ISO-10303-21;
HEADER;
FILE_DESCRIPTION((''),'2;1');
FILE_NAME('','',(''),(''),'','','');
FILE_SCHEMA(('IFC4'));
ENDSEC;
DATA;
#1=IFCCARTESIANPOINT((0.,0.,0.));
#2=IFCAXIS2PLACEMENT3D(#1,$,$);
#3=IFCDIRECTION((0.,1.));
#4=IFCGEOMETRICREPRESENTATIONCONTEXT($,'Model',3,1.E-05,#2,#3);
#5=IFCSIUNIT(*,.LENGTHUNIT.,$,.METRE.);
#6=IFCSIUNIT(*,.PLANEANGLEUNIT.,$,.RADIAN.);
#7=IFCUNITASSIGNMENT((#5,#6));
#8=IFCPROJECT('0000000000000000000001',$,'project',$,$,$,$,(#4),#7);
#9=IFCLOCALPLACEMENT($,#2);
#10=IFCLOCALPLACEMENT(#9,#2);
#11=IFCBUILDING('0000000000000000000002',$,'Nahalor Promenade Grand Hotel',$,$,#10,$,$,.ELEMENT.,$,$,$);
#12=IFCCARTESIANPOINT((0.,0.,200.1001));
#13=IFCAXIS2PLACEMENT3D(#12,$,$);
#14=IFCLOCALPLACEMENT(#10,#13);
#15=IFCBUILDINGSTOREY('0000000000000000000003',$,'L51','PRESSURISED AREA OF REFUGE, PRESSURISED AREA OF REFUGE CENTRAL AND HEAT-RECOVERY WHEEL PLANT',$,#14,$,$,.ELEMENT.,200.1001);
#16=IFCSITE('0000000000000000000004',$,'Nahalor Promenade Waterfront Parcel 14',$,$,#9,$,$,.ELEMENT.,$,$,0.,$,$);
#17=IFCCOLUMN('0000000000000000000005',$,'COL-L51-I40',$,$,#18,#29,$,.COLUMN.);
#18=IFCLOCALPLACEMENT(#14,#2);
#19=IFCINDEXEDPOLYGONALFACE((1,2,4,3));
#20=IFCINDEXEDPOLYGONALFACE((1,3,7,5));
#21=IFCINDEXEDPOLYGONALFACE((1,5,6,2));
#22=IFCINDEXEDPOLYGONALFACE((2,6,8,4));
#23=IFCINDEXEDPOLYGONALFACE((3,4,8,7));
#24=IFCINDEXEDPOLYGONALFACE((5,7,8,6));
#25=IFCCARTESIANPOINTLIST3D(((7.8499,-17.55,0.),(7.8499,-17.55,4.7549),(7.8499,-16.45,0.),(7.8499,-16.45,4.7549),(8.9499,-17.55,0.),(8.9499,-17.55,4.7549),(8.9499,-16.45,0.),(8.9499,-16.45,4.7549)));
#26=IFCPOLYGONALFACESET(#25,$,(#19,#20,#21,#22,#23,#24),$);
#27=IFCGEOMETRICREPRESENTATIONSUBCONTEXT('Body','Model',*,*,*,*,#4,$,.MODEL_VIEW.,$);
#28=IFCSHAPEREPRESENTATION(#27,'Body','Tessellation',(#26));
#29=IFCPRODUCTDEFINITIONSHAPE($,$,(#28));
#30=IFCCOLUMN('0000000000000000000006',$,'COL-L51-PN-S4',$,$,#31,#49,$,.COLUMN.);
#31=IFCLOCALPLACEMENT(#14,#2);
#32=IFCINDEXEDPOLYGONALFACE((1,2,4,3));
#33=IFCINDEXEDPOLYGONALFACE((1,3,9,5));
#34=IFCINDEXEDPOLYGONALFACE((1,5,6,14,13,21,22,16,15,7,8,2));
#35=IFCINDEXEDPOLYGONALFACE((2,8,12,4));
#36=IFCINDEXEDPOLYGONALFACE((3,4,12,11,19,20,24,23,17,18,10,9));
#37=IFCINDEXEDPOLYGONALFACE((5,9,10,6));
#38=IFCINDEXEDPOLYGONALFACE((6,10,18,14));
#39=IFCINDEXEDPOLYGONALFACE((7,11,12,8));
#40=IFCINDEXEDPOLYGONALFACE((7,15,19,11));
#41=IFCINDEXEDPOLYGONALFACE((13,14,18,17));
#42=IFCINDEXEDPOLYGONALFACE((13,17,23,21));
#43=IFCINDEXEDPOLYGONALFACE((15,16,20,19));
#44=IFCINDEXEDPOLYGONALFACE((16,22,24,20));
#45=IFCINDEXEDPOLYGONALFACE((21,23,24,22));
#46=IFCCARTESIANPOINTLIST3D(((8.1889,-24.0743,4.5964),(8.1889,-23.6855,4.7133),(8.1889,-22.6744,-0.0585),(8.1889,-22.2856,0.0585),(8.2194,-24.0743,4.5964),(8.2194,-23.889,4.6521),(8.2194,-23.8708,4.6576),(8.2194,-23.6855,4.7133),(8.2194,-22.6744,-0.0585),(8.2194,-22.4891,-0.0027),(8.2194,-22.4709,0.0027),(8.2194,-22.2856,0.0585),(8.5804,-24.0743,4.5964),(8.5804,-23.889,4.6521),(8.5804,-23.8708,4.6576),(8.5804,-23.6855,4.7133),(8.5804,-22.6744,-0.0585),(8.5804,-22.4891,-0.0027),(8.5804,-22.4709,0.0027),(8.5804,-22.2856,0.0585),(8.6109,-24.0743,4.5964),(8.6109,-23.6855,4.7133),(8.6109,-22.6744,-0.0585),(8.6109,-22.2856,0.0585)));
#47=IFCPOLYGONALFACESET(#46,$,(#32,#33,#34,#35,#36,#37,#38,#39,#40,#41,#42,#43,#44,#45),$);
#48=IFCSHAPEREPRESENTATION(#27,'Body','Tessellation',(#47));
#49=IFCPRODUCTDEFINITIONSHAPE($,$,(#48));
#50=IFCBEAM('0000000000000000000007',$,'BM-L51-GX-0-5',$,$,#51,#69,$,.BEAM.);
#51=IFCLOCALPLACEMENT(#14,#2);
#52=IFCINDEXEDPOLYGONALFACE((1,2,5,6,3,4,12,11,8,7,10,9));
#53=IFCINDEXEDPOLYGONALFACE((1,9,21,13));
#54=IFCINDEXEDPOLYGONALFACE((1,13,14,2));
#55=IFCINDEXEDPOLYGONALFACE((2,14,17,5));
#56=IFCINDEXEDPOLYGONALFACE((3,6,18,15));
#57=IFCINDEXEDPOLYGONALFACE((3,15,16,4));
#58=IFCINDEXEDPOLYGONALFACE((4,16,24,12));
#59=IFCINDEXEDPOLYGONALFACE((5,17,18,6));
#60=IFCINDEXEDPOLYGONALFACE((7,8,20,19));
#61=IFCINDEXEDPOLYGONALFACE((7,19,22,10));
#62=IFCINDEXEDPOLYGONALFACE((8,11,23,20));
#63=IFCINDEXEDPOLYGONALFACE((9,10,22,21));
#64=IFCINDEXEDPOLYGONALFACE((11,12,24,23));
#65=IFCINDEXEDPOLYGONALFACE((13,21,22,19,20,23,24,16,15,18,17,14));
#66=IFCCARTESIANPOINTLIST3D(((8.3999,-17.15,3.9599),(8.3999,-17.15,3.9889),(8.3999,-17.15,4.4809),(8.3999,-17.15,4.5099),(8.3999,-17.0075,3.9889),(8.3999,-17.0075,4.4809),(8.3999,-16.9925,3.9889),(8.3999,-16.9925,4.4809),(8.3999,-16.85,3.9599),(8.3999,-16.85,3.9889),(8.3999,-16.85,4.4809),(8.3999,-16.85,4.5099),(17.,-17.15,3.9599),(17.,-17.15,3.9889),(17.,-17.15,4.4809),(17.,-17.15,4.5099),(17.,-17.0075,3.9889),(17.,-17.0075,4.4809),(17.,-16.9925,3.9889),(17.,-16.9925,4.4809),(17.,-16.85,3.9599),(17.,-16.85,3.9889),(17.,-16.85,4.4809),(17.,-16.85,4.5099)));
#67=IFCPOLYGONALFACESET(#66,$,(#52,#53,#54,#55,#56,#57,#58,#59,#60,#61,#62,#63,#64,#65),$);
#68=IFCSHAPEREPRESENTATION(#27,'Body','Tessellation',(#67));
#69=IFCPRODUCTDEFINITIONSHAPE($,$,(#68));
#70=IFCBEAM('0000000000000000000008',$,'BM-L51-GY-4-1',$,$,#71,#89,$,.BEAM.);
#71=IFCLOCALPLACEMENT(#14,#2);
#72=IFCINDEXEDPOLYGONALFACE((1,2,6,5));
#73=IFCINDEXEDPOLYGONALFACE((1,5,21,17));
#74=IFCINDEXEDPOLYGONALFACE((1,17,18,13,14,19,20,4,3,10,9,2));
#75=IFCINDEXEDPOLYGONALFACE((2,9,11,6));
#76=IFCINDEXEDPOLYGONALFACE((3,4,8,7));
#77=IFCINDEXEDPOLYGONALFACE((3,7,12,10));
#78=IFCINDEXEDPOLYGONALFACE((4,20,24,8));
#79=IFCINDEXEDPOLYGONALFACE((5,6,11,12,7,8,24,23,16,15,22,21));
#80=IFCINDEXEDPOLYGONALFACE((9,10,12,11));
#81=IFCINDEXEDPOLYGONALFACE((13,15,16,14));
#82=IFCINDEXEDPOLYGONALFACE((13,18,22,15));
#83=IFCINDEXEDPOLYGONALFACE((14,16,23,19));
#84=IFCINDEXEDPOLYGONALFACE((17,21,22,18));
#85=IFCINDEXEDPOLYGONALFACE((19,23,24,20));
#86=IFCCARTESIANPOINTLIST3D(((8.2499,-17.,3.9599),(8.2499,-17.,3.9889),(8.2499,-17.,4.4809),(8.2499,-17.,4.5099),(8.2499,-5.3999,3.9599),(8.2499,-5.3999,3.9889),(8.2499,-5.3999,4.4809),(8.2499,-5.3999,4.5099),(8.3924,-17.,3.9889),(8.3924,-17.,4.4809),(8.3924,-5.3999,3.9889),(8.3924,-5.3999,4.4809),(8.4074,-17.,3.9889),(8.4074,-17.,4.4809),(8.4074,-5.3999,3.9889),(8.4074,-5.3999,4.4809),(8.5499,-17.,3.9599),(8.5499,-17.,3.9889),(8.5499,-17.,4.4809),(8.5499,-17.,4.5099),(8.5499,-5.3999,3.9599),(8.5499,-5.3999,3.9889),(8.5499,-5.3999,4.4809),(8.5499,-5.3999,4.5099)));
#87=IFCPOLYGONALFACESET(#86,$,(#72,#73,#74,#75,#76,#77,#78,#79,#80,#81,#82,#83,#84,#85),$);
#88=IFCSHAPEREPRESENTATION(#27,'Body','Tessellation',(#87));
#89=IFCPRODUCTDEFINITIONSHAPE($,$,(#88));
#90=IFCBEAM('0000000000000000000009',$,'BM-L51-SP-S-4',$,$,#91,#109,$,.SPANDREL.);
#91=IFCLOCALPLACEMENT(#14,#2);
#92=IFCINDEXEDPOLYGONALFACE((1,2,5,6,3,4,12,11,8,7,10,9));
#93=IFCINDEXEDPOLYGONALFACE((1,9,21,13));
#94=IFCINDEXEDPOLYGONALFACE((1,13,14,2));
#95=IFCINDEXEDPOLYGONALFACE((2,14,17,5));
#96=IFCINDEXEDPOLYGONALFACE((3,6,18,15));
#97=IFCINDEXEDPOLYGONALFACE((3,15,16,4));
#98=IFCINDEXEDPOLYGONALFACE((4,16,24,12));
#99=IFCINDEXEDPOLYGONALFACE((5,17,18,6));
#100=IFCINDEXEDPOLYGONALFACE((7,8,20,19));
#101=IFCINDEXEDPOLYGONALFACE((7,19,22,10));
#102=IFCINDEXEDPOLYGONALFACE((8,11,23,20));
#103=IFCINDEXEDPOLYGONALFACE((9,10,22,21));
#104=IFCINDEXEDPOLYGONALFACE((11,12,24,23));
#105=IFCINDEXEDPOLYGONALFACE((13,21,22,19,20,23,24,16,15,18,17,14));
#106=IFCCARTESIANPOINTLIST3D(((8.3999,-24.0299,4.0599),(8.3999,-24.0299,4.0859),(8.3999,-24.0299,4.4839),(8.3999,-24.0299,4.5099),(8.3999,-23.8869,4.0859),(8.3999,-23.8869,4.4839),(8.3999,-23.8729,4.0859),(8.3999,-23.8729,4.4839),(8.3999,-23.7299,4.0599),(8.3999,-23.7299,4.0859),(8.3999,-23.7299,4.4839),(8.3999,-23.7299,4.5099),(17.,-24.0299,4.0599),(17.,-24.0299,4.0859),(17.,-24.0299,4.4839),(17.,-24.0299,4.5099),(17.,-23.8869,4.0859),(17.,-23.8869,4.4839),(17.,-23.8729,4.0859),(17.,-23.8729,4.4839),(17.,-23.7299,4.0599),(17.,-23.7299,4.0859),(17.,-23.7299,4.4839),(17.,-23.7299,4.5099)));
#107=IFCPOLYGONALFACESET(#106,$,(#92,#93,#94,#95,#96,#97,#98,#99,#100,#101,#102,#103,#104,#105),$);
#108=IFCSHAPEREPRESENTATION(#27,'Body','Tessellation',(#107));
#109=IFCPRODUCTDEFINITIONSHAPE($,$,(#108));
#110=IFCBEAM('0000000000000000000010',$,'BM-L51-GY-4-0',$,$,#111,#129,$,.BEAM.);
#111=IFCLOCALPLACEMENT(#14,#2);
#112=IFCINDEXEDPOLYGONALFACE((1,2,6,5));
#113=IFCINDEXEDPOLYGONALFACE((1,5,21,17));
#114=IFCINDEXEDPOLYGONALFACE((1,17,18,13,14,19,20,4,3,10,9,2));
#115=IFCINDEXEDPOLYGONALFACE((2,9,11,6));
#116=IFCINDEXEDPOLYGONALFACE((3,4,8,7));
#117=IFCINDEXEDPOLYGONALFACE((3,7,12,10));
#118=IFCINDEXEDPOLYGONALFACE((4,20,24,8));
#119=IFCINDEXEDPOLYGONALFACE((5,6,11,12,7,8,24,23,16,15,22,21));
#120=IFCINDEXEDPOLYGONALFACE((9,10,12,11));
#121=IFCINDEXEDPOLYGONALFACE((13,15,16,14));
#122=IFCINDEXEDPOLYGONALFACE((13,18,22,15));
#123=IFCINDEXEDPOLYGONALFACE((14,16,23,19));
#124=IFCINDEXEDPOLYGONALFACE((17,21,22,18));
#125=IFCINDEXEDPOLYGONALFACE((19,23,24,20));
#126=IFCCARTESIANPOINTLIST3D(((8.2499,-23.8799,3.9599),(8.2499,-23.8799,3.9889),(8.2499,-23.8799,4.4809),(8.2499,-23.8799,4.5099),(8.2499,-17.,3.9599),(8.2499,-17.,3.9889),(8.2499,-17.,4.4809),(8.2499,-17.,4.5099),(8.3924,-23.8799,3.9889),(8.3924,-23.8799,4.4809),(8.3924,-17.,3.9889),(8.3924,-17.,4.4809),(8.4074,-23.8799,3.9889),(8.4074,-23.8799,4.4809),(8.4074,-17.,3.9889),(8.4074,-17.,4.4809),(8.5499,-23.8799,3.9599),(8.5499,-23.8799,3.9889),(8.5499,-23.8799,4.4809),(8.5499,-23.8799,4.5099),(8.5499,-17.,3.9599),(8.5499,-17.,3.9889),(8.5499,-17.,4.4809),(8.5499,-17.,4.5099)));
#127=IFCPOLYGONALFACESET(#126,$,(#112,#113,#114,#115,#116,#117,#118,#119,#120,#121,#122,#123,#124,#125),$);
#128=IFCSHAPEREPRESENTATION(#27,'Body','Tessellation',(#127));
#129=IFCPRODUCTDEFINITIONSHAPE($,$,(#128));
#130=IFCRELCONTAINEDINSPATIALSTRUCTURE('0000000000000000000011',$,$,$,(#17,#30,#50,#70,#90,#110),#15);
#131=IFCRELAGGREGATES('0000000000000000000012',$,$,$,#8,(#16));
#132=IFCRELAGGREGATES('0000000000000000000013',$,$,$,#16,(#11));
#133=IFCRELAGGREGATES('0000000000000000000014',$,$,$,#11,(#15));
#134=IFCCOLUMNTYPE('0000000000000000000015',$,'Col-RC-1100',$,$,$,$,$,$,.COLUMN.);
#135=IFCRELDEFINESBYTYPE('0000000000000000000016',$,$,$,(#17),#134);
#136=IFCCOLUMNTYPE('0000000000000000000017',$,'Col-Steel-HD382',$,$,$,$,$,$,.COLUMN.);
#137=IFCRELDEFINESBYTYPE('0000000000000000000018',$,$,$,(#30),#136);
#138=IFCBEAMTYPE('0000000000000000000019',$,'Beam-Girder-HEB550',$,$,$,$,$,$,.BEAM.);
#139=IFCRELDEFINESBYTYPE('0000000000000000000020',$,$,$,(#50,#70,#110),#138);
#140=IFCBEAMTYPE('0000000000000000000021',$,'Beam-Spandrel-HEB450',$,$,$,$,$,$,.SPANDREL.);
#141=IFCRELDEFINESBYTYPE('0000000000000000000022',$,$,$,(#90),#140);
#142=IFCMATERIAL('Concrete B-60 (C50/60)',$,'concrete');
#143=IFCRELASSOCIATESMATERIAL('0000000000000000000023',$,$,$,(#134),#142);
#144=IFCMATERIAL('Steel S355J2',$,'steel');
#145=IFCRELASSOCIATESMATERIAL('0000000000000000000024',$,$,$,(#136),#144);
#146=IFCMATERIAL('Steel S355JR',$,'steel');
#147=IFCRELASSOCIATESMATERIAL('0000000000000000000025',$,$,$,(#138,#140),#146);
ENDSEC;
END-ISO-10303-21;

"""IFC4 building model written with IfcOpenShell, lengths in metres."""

from ifc_helpers import new_model, si_unit, direction, frame, origin, origin_2d, place, context, subcontext, project, spatial, rectangle, i_section, extrude, source, transform, mapped, material, material_profile, profile_set, type_object, element, save


model = new_model("IFC4")

# Units and contexts
model_context = context("Model", 3, precision=1e-05, world=origin(), true_north=direction((0.0, 1.0)))
body_context = subcontext(model_context, "Body", "Model", "MODEL_VIEW")
ifc_project = project(units=[si_unit("LENGTHUNIT", "METRE"), si_unit("PLANEANGLEUNIT", "RADIAN")], contexts=[model_context])

# Site, building, storey
site_placement = place(None, origin())
site = spatial("IfcSite", under=ifc_project, at=site_placement, Name="Nahalor Promenade Waterfront Parcel 14", CompositionType="ELEMENT", RefElevation=0.0)
building_placement = place(site_placement, origin())
building = spatial("IfcBuilding", under=site, at=building_placement, Name="Nahalor Promenade Grand Hotel", CompositionType="ELEMENT")
storey_placement = place(building_placement, frame((0.0, 0.0, 200.1001)))
storey = spatial("IfcBuildingStorey", under=building, at=storey_placement, Name="L51", Description="PRESSURISED AREA OF REFUGE, PRESSURISED AREA OF REFUGE CENTRAL AND HEAT-RECOVERY WHEEL PLANT", CompositionType="ELEMENT", Elevation=200.1001)

# Columns
ifc_material_1 = material(Name="Concrete B-60 (C50/60)", Category="concrete")
ifc_material_profile_1 = material_profile(ifc_material_1, rectangle(XDim=1.1, YDim=1.1, at=origin_2d()), Name="RC 1100x1100")
ifc_profile_set_1 = profile_set([ifc_material_profile_1], Name="Concrete B-60 (C50/60)")
column_type_1 = type_object("IfcColumnType", Name="Col-RC-1100", PredefinedType="COLUMN", material=ifc_profile_set_1)
shared_shape_1 = source(origin(), body_context, "Body", "SweptSolid", [
    extrude(rectangle(XDim=1.1, YDim=1.1, at=origin_2d()), origin(), (0.0, 0.0, 1.0), 4.7549),
])
column_1_placement = place(storey_placement, frame((8.3999, -17.0, 0.0), z_axis=(0.0, 0.0, 1.0), x_axis=(1.0, 0.0, 0.0)))
element("IfcColumn", 1, at=column_1_placement, inside=storey, type_object=column_type_1, Name="COL-L51-I40", PredefinedType="COLUMN", context=body_context, shape_type="MappedRepresentation", body=[
    mapped(shared_shape_1, transform((0.0, 0.0, 0.0), scale=1.0)),
])
ifc_material_2 = material(Name="Steel S355J2", Category="steel")
ifc_material_profile_2 = material_profile(ifc_material_2, i_section(OverallWidth=0.406, OverallDepth=0.422, WebThickness=0.019, FlangeThickness=0.0305, at=origin_2d()), Name="HD 400x382")
ifc_profile_set_2 = profile_set([ifc_material_profile_2], Name="Steel S355J2")
column_type_2 = type_object("IfcColumnType", Name="Col-Steel-HD382", PredefinedType="COLUMN", material=ifc_profile_set_2)
shared_shape_2 = source(origin(), body_context, "Body", "SweptSolid", [
    extrude(i_section(OverallWidth=0.406, OverallDepth=0.422, WebThickness=0.019, FlangeThickness=0.0305, at=origin_2d()), origin(), (0.0, 0.0, 1.0), 4.8608),
])
column_2_placement = place(storey_placement, frame((8.3999, -22.48, 0.0), z_axis=(0.0, -0.288002, 0.95763), x_axis=(0.0, 0.95763, 0.288002)))
element("IfcColumn", 2, at=column_2_placement, inside=storey, type_object=column_type_2, Name="COL-L51-PN-S4", PredefinedType="COLUMN", context=body_context, shape_type="MappedRepresentation", body=[
    mapped(shared_shape_2, transform((0.0, 0.0, 0.0), scale=1.0)),
])

# Beams
ifc_material_3 = material(Name="Steel S355JR", Category="steel")
ifc_material_profile_3 = material_profile(ifc_material_3, i_section(OverallWidth=0.3, OverallDepth=0.55, WebThickness=0.015, FlangeThickness=0.029, at=origin_2d()), Name="HEB 550")
ifc_profile_set_3 = profile_set([ifc_material_profile_3], Name="Steel S355JR")
beam_type_1 = type_object("IfcBeamType", Name="Beam-Girder-HEB550", PredefinedType="BEAM", material=ifc_profile_set_3)
shared_shape_3 = source(origin(), body_context, "Body", "SweptSolid", [
    extrude(i_section(OverallWidth=0.3, OverallDepth=0.55, WebThickness=0.015, FlangeThickness=0.029, at=origin_2d()), origin(), (0.0, 0.0, 1.0), 8.6001),
])
beam_1_placement = place(storey_placement, frame((8.3999, -17.0, 4.2349), z_axis=(1.0, 0.0, 0.0), x_axis=(0.0, 1.0, 0.0)))
element("IfcBeam", 3, at=beam_1_placement, inside=storey, type_object=beam_type_1, Name="BM-L51-GX-0-5", PredefinedType="BEAM", context=body_context, shape_type="MappedRepresentation", body=[
    mapped(shared_shape_3, transform((0.0, 0.0, 0.0), scale=1.0)),
])
shared_shape_4 = source(origin(), body_context, "Body", "SweptSolid", [
    extrude(i_section(OverallWidth=0.3, OverallDepth=0.55, WebThickness=0.015, FlangeThickness=0.029, at=origin_2d()), origin(), (0.0, 0.0, 1.0), 11.6001),
])
beam_2_placement = place(storey_placement, frame((8.3999, -17.0, 4.2349), z_axis=(0.0, 1.0, 0.0), x_axis=(-1.0, 0.0, 0.0)))
element("IfcBeam", 4, at=beam_2_placement, inside=storey, type_object=beam_type_1, Name="BM-L51-GY-4-1", PredefinedType="BEAM", context=body_context, shape_type="MappedRepresentation", body=[
    mapped(shared_shape_4, transform((0.0, 0.0, 0.0), scale=1.0)),
])
ifc_material_profile_4 = material_profile(ifc_material_3, i_section(OverallWidth=0.3, OverallDepth=0.45, WebThickness=0.014, FlangeThickness=0.026, at=origin_2d()), Name="HEB 450")
ifc_profile_set_4 = profile_set([ifc_material_profile_4], Name="Steel S355JR")
beam_type_2 = type_object("IfcBeamType", Name="Beam-Spandrel-HEB450", PredefinedType="SPANDREL", material=ifc_profile_set_4)
shared_shape_5 = source(origin(), body_context, "Body", "SweptSolid", [
    extrude(i_section(OverallWidth=0.3, OverallDepth=0.45, WebThickness=0.014, FlangeThickness=0.026, at=origin_2d()), origin(), (0.0, 0.0, 1.0), 8.6001),
])
beam_3_placement = place(storey_placement, frame((8.3999, -23.8799, 4.2849), z_axis=(1.0, 0.0, 0.0), x_axis=(0.0, 1.0, 0.0)))
element("IfcBeam", 5, at=beam_3_placement, inside=storey, type_object=beam_type_2, Name="BM-L51-SP-S-4", PredefinedType="SPANDREL", context=body_context, shape_type="MappedRepresentation", body=[
    mapped(shared_shape_5, transform((0.0, 0.0, 0.0), scale=1.0)),
])
shared_shape_6 = source(origin(), body_context, "Body", "SweptSolid", [
    extrude(i_section(OverallWidth=0.3, OverallDepth=0.55, WebThickness=0.015, FlangeThickness=0.029, at=origin_2d()), origin(), (0.0, 0.0, 1.0), 6.8799),
])
beam_4_placement = place(storey_placement, frame((8.3999, -23.8799, 4.2349), z_axis=(0.0, 1.0, 0.0), x_axis=(-1.0, 0.0, 0.0)))
element("IfcBeam", 6, at=beam_4_placement, inside=storey, type_object=beam_type_1, Name="BM-L51-GY-4-0", PredefinedType="BEAM", context=body_context, shape_type="MappedRepresentation", body=[
    mapped(shared_shape_6, transform((0.0, 0.0, 0.0), scale=1.0)),
])

save(model, "model.ifc")
